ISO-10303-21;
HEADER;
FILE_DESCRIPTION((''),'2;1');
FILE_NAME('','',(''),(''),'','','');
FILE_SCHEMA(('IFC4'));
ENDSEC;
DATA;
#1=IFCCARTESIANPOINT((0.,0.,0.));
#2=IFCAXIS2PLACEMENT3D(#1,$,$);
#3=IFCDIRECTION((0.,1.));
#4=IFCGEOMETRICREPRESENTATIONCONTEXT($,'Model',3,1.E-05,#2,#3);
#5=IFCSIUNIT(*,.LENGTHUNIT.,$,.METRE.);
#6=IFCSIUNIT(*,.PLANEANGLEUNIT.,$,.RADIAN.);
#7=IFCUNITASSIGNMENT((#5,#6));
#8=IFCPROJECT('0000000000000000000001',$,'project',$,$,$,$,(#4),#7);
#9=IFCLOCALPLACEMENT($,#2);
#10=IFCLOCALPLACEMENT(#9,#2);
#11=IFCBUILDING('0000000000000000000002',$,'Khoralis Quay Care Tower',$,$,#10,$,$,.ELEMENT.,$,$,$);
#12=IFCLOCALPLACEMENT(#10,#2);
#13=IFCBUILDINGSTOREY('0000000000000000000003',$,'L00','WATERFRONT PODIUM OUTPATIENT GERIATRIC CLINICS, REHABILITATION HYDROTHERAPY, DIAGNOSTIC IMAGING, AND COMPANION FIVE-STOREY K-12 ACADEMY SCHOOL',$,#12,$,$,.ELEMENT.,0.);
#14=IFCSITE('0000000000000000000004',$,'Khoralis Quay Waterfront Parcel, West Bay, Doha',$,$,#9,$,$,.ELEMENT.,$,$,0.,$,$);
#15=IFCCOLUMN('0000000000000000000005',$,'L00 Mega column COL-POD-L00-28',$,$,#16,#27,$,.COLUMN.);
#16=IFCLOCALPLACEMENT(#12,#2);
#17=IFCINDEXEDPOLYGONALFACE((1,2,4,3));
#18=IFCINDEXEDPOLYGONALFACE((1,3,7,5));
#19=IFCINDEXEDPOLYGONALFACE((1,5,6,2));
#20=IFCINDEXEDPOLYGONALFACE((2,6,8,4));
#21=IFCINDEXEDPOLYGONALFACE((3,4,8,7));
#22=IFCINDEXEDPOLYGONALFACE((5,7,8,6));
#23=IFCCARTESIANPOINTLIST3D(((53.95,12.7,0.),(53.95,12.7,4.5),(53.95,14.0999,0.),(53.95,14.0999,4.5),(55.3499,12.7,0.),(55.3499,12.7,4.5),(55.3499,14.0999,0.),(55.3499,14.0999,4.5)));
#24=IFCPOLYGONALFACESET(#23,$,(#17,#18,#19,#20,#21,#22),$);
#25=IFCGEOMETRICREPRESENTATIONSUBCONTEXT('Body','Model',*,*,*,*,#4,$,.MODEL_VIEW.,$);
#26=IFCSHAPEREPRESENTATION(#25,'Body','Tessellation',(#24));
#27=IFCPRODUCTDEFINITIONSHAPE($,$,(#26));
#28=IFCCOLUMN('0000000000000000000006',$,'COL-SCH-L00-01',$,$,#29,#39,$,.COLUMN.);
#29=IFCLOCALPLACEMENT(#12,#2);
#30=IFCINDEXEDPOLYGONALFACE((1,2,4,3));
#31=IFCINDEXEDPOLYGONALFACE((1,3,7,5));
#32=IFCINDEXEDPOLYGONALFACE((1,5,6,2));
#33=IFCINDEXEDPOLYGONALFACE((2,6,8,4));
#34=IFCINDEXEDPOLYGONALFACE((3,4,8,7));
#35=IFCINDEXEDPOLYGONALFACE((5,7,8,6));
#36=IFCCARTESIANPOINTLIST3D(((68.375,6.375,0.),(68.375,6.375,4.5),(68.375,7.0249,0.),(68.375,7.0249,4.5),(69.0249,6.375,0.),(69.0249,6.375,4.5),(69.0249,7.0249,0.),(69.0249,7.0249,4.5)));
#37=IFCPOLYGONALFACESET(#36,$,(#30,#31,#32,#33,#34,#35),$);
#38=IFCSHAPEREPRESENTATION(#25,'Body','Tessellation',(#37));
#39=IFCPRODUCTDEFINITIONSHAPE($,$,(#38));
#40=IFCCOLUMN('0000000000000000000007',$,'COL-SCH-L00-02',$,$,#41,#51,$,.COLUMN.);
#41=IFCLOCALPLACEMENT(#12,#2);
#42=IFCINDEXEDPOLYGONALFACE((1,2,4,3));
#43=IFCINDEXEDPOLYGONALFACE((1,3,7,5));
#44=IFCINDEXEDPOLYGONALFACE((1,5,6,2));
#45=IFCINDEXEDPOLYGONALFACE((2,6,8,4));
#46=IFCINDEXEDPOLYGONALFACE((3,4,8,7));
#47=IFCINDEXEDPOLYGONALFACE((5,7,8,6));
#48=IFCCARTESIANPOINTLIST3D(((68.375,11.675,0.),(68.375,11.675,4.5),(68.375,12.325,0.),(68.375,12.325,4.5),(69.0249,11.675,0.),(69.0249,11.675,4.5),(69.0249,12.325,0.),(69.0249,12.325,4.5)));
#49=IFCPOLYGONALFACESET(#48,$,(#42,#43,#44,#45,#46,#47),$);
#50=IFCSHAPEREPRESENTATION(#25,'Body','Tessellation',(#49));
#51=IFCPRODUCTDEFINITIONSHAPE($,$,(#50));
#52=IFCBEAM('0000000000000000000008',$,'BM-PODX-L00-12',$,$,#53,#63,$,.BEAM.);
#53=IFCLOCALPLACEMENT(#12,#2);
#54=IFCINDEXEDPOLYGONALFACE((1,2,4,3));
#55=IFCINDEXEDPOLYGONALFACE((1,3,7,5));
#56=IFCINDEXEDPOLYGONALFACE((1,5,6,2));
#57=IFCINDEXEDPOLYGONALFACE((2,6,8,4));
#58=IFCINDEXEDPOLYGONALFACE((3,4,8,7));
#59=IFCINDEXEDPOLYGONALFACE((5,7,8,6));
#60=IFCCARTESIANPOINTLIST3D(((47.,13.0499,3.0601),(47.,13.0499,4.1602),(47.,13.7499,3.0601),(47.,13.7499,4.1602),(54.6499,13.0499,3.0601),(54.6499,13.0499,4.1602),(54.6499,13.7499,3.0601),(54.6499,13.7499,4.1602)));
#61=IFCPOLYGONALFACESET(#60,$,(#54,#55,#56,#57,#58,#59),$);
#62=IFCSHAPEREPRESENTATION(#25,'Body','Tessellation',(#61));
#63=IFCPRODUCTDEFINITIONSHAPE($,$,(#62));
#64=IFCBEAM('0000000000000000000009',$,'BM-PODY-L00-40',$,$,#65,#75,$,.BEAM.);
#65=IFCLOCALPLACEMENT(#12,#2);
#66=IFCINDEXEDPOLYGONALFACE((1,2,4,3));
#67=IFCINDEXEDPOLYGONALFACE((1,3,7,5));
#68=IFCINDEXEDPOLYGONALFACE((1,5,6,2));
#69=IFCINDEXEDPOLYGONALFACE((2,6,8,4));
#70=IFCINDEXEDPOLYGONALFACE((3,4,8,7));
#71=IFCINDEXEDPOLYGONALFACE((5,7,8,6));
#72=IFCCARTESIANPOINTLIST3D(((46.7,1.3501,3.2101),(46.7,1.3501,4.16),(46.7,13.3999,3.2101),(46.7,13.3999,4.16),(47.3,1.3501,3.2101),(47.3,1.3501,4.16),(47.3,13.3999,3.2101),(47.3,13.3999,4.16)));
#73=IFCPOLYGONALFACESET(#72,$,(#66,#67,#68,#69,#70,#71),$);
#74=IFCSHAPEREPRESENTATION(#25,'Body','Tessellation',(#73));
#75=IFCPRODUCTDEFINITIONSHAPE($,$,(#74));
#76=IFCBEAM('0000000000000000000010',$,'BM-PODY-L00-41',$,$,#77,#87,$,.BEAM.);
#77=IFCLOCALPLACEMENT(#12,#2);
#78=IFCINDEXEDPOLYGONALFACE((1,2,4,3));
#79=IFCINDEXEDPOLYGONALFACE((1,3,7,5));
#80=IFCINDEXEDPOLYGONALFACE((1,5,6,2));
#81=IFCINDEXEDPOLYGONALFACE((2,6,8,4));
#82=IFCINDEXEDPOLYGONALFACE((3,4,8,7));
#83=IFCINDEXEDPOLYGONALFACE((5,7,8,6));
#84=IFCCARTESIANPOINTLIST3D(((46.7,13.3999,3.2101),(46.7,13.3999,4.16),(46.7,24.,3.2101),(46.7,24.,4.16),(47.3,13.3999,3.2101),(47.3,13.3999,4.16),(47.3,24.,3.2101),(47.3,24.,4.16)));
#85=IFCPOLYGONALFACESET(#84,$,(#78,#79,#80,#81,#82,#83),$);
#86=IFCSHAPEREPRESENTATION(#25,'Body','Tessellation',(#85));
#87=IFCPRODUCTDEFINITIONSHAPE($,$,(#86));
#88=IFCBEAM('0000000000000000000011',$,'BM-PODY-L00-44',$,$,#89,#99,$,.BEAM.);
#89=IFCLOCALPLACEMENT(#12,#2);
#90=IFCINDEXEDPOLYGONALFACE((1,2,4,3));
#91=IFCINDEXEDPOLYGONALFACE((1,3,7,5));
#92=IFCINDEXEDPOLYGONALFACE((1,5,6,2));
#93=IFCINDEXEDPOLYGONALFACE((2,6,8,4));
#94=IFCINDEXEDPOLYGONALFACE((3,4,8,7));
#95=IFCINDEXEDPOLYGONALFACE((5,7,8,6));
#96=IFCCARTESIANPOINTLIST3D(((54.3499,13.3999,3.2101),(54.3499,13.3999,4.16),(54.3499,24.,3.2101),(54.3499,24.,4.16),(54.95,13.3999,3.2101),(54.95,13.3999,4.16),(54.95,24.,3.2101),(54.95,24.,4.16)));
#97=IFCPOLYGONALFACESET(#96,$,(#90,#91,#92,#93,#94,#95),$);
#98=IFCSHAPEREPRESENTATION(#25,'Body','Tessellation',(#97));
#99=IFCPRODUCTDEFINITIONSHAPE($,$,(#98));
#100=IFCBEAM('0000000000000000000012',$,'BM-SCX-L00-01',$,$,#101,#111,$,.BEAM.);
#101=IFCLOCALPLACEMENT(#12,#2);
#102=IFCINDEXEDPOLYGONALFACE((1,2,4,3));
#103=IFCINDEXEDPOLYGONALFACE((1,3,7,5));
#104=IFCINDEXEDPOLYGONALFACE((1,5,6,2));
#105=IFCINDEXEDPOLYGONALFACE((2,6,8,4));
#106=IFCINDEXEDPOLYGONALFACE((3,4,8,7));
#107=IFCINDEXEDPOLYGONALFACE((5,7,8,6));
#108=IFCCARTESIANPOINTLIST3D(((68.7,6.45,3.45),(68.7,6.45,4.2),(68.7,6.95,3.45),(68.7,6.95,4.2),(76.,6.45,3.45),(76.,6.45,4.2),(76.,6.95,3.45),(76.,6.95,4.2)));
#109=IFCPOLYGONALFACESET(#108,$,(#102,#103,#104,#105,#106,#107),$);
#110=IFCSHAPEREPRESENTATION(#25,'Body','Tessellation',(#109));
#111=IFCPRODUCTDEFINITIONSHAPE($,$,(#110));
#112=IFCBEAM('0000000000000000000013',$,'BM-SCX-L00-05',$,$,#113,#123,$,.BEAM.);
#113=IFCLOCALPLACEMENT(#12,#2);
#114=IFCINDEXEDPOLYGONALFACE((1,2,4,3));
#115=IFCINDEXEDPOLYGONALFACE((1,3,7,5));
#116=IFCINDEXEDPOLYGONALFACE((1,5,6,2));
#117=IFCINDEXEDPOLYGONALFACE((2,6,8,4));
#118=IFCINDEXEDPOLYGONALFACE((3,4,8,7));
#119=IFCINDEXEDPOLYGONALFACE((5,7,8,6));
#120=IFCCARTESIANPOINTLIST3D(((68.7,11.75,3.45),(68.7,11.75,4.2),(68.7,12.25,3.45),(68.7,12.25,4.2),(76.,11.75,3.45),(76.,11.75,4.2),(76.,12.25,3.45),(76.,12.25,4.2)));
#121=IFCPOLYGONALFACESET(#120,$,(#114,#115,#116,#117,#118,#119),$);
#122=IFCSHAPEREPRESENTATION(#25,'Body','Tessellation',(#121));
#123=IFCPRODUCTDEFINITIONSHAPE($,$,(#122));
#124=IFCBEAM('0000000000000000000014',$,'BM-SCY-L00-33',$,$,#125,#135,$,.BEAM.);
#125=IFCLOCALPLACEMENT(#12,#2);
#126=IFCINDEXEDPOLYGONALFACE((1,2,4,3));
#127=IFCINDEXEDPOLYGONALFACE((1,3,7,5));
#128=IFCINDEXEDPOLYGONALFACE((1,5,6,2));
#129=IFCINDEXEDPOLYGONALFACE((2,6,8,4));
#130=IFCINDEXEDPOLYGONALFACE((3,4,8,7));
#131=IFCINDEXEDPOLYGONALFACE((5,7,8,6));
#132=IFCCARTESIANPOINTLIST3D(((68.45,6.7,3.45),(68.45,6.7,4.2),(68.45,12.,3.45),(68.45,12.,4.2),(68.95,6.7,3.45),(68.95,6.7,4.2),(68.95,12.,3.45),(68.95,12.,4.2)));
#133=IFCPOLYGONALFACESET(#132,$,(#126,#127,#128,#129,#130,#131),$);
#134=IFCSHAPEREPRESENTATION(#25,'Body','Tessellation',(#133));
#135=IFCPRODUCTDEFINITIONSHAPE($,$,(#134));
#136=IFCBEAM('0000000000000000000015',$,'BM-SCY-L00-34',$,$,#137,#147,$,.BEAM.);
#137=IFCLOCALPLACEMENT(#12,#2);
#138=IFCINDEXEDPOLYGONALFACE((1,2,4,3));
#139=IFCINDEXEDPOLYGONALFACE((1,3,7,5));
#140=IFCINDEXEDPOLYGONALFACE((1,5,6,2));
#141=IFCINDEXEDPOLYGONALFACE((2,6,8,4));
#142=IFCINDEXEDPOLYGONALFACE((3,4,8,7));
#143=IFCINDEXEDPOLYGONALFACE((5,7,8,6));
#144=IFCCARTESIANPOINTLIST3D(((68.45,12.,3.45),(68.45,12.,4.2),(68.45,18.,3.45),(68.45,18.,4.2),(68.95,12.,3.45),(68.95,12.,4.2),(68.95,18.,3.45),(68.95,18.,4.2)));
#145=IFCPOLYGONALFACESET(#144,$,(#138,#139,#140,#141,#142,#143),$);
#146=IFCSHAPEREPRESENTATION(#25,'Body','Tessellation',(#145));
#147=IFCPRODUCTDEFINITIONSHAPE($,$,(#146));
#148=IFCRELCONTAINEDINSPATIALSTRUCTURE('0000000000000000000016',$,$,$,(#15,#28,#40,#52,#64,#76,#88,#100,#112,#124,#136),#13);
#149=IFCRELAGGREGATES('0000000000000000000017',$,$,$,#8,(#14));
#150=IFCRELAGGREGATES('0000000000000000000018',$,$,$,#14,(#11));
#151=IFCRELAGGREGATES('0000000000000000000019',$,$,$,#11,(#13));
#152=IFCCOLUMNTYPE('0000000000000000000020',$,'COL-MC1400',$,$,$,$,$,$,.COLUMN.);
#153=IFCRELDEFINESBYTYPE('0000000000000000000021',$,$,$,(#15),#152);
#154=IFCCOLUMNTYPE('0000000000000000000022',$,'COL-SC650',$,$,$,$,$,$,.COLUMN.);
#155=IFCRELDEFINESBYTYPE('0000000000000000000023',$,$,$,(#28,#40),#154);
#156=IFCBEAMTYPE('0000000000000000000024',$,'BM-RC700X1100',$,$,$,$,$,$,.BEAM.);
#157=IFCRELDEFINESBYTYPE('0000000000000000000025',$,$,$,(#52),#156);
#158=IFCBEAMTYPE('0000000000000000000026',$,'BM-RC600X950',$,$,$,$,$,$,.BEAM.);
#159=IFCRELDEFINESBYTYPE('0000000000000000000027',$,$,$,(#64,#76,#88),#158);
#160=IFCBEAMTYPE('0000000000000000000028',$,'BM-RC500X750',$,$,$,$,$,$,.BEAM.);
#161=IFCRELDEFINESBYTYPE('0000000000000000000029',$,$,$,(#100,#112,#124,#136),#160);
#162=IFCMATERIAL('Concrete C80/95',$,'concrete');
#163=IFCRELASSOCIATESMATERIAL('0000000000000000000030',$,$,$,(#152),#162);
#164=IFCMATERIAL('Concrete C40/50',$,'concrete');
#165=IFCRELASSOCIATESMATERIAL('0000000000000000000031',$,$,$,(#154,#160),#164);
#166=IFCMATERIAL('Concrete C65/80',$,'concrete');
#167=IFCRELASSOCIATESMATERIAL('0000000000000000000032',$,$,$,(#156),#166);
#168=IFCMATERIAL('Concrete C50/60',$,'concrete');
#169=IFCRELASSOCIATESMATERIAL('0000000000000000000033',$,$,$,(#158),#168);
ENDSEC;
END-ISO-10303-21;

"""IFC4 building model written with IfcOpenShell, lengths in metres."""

from ifc_helpers import new_model, si_unit, direction, frame, origin, origin_2d, place, context, subcontext, project, spatial, rectangle, extrude, source, transform, mapped, material, material_profile, profile_set, type_object, element, save


model = new_model("IFC4")

# Units and contexts
model_context = context("Model", 3, precision=1e-05, world=origin(), true_north=direction((0.0, 1.0)))
body_context = subcontext(model_context, "Body", "Model", "MODEL_VIEW")
ifc_project = project(units=[si_unit("LENGTHUNIT", "METRE"), si_unit("PLANEANGLEUNIT", "RADIAN")], contexts=[model_context])

# Site, building, storey
site_placement = place(None, origin())
site = spatial("IfcSite", under=ifc_project, at=site_placement, Name="Khoralis Quay Waterfront Parcel, West Bay, Doha", CompositionType="ELEMENT", RefElevation=0.0)
building_placement = place(site_placement, origin())
building = spatial("IfcBuilding", under=site, at=building_placement, Name="Khoralis Quay Care Tower", CompositionType="ELEMENT")
storey_placement = place(building_placement, origin())
storey = spatial("IfcBuildingStorey", under=building, at=storey_placement, Name="L00", Description="WATERFRONT PODIUM OUTPATIENT GERIATRIC CLINICS, REHABILITATION HYDROTHERAPY, DIAGNOSTIC IMAGING, AND COMPANION FIVE-STOREY K-12 ACADEMY SCHOOL", CompositionType="ELEMENT", Elevation=0.0)

# Columns
ifc_material_1 = material(Name="Concrete C80/95", Category="concrete")
ifc_material_profile_1 = material_profile(ifc_material_1, rectangle(XDim=1.3999, YDim=1.3999, at=origin_2d()), Name="Concrete C80/95")
ifc_profile_set_1 = profile_set([ifc_material_profile_1], Name="Concrete C80/95")
column_type_1 = type_object("IfcColumnType", Name="COL-MC1400", PredefinedType="COLUMN", material=ifc_profile_set_1)
shared_shape_1 = source(origin(), body_context, "Body", "SweptSolid", [
    extrude(rectangle(XDim=1.3999, YDim=1.3999, at=origin_2d()), origin(), (0.0, 0.0, 1.0), 4.5),
])
column_placement = place(storey_placement, frame((54.6499, 13.3999, 0.0), z_axis=(0.0, 0.0, 1.0), x_axis=(1.0, 0.0, 0.0)))
element("IfcColumn", 1, at=column_placement, inside=storey, type_object=column_type_1, Name="L00 Mega column COL-POD-L00-28", PredefinedType="COLUMN", context=body_context, shape_type="MappedRepresentation", body=[
    mapped(shared_shape_1, transform((0.0, 0.0, 0.0), scale=1.0)),
])
ifc_material_2 = material(Name="Concrete C40/50", Category="concrete")
ifc_material_profile_2 = material_profile(ifc_material_2, rectangle(XDim=0.6499, YDim=0.6499, at=origin_2d()), Name="Concrete C40/50")
ifc_profile_set_2 = profile_set([ifc_material_profile_2], Name="Concrete C40/50")
column_type_2 = type_object("IfcColumnType", Name="COL-SC650", PredefinedType="COLUMN", material=ifc_profile_set_2)
shared_shape_2 = source(origin(), body_context, "Body", "SweptSolid", [
    extrude(rectangle(XDim=0.6499, YDim=0.6499, at=origin_2d()), origin(), (0.0, 0.0, 1.0), 4.5),
])
for number, where, z_axis, x_axis, name in (
    (2, (68.7, 6.7, 0.0), (0.0, 0.0, 1.0), (1.0, 0.0, 0.0), "COL-SCH-L00-01"),
    (3, (68.7, 12.0, 0.0), (0.0, 0.0, 1.0), (1.0, 0.0, 0.0), "COL-SCH-L00-02"),
):
    element("IfcColumn", number, at=place(storey_placement, frame(where, z_axis=z_axis, x_axis=x_axis)), inside=storey, type_object=column_type_2, Name=name, PredefinedType="COLUMN", context=body_context, shape_type="MappedRepresentation", body=[
        mapped(shared_shape_2, transform((0.0, 0.0, 0.0), scale=1.0)),
    ])

# Beams
ifc_material_3 = material(Name="Concrete C65/80", Category="concrete")
ifc_material_profile_3 = material_profile(ifc_material_3, rectangle(XDim=0.7, YDim=1.1001, at=origin_2d()), Name="Concrete C65/80")
ifc_profile_set_3 = profile_set([ifc_material_profile_3], Name="Concrete C65/80")
beam_type_1 = type_object("IfcBeamType", Name="BM-RC700X1100", PredefinedType="BEAM", material=ifc_profile_set_3)
shared_shape_3 = source(origin(), body_context, "Body", "SweptSolid", [
    extrude(rectangle(XDim=0.7, YDim=1.1001, at=origin_2d()), origin(), (0.0, 0.0, 1.0), 7.6499),
])
beam_1_placement = place(storey_placement, frame((47.0, 13.3999, 3.6101), z_axis=(1.0, 0.0, 0.0), x_axis=(0.0, 1.0, 0.0)))
element("IfcBeam", 4, at=beam_1_placement, inside=storey, type_object=beam_type_1, Name="BM-PODX-L00-12", PredefinedType="BEAM", context=body_context, shape_type="MappedRepresentation", body=[
    mapped(shared_shape_3, transform((0.0, 0.0, 0.0), scale=1.0)),
])
ifc_material_4 = material(Name="Concrete C50/60", Category="concrete")
ifc_material_profile_4 = material_profile(ifc_material_4, rectangle(XDim=0.6001, YDim=0.95, at=origin_2d()), Name="Concrete C50/60")
ifc_profile_set_4 = profile_set([ifc_material_profile_4], Name="Concrete C50/60")
beam_type_2 = type_object("IfcBeamType", Name="BM-RC600X950", PredefinedType="BEAM", material=ifc_profile_set_4)
shared_shape_4 = source(origin(), body_context, "Body", "SweptSolid", [
    extrude(rectangle(XDim=0.6001, YDim=0.95, at=origin_2d()), origin(), (0.0, 0.0, 1.0), 12.0498),
])
beam_2_placement = place(storey_placement, frame((47.0, 1.3501, 3.6851), z_axis=(0.0, 1.0, 0.0), x_axis=(-1.0, 0.0, 0.0)))
element("IfcBeam", 5, at=beam_2_placement, inside=storey, type_object=beam_type_2, Name="BM-PODY-L00-40", PredefinedType="BEAM", context=body_context, shape_type="MappedRepresentation", body=[
    mapped(shared_shape_4, transform((0.0, 0.0, 0.0), scale=1.0)),
])
shared_shape_5 = source(origin(), body_context, "Body", "SweptSolid", [
    extrude(rectangle(XDim=0.6001, YDim=0.95, at=origin_2d()), origin(), (0.0, 0.0, 1.0), 10.6001),
])
for number, where, z_axis, x_axis, name in (
    (6, (47.0, 13.3999, 3.6851), (0.0, 1.0, 0.0), (-1.0, 0.0, 0.0), "BM-PODY-L00-41"),
    (7, (54.6499, 13.3999, 3.6851), (0.0, 1.0, 0.0), (-1.0, 0.0, 0.0), "BM-PODY-L00-44"),
):
    element("IfcBeam", number, at=place(storey_placement, frame(where, z_axis=z_axis, x_axis=x_axis)), inside=storey, type_object=beam_type_2, Name=name, PredefinedType="BEAM", context=body_context, shape_type="MappedRepresentation", body=[
        mapped(shared_shape_5, transform((0.0, 0.0, 0.0), scale=1.0)),
    ])
ifc_material_profile_5 = material_profile(ifc_material_2, rectangle(XDim=0.5, YDim=0.75, at=origin_2d()), Name="Concrete C40/50")
ifc_profile_set_5 = profile_set([ifc_material_profile_5], Name="Concrete C40/50")
beam_type_3 = type_object("IfcBeamType", Name="BM-RC500X750", PredefinedType="BEAM", material=ifc_profile_set_5)
shared_shape_6 = source(origin(), body_context, "Body", "SweptSolid", [
    extrude(rectangle(XDim=0.5, YDim=0.75, at=origin_2d()), origin(), (0.0, 0.0, 1.0), 7.3),
])
for number, where, z_axis, x_axis, name in (
    (8, (68.7, 6.7, 3.825), (1.0, 0.0, 0.0), (0.0, 1.0, 0.0), "BM-SCX-L00-01"),
    (9, (68.7, 12.0, 3.825), (1.0, 0.0, 0.0), (0.0, 1.0, 0.0), "BM-SCX-L00-05"),
):
    element("IfcBeam", number, at=place(storey_placement, frame(where, z_axis=z_axis, x_axis=x_axis)), inside=storey, type_object=beam_type_3, Name=name, PredefinedType="BEAM", context=body_context, shape_type="MappedRepresentation", body=[
        mapped(shared_shape_6, transform((0.0, 0.0, 0.0), scale=1.0)),
    ])
shared_shape_7 = source(origin(), body_context, "Body", "SweptSolid", [
    extrude(rectangle(XDim=0.5, YDim=0.75, at=origin_2d()), origin(), (0.0, 0.0, 1.0), 5.3),
])
beam_3_placement = place(storey_placement, frame((68.7, 6.7, 3.825), z_axis=(0.0, 1.0, 0.0), x_axis=(-1.0, 0.0, 0.0)))
element("IfcBeam", 10, at=beam_3_placement, inside=storey, type_object=beam_type_3, Name="BM-SCY-L00-33", PredefinedType="BEAM", context=body_context, shape_type="MappedRepresentation", body=[
    mapped(shared_shape_7, transform((0.0, 0.0, 0.0), scale=1.0)),
])
shared_shape_8 = source(origin(), body_context, "Body", "SweptSolid", [
    extrude(rectangle(XDim=0.5, YDim=0.75, at=origin_2d()), origin(), (0.0, 0.0, 1.0), 6.0),
])
beam_4_placement = place(storey_placement, frame((68.7, 12.0, 3.825), z_axis=(0.0, 1.0, 0.0), x_axis=(-1.0, 0.0, 0.0)))
element("IfcBeam", 11, at=beam_4_placement, inside=storey, type_object=beam_type_3, Name="BM-SCY-L00-34", PredefinedType="BEAM", context=body_context, shape_type="MappedRepresentation", body=[
    mapped(shared_shape_8, transform((0.0, 0.0, 0.0), scale=1.0)),
])

save(model, "model.ifc")
